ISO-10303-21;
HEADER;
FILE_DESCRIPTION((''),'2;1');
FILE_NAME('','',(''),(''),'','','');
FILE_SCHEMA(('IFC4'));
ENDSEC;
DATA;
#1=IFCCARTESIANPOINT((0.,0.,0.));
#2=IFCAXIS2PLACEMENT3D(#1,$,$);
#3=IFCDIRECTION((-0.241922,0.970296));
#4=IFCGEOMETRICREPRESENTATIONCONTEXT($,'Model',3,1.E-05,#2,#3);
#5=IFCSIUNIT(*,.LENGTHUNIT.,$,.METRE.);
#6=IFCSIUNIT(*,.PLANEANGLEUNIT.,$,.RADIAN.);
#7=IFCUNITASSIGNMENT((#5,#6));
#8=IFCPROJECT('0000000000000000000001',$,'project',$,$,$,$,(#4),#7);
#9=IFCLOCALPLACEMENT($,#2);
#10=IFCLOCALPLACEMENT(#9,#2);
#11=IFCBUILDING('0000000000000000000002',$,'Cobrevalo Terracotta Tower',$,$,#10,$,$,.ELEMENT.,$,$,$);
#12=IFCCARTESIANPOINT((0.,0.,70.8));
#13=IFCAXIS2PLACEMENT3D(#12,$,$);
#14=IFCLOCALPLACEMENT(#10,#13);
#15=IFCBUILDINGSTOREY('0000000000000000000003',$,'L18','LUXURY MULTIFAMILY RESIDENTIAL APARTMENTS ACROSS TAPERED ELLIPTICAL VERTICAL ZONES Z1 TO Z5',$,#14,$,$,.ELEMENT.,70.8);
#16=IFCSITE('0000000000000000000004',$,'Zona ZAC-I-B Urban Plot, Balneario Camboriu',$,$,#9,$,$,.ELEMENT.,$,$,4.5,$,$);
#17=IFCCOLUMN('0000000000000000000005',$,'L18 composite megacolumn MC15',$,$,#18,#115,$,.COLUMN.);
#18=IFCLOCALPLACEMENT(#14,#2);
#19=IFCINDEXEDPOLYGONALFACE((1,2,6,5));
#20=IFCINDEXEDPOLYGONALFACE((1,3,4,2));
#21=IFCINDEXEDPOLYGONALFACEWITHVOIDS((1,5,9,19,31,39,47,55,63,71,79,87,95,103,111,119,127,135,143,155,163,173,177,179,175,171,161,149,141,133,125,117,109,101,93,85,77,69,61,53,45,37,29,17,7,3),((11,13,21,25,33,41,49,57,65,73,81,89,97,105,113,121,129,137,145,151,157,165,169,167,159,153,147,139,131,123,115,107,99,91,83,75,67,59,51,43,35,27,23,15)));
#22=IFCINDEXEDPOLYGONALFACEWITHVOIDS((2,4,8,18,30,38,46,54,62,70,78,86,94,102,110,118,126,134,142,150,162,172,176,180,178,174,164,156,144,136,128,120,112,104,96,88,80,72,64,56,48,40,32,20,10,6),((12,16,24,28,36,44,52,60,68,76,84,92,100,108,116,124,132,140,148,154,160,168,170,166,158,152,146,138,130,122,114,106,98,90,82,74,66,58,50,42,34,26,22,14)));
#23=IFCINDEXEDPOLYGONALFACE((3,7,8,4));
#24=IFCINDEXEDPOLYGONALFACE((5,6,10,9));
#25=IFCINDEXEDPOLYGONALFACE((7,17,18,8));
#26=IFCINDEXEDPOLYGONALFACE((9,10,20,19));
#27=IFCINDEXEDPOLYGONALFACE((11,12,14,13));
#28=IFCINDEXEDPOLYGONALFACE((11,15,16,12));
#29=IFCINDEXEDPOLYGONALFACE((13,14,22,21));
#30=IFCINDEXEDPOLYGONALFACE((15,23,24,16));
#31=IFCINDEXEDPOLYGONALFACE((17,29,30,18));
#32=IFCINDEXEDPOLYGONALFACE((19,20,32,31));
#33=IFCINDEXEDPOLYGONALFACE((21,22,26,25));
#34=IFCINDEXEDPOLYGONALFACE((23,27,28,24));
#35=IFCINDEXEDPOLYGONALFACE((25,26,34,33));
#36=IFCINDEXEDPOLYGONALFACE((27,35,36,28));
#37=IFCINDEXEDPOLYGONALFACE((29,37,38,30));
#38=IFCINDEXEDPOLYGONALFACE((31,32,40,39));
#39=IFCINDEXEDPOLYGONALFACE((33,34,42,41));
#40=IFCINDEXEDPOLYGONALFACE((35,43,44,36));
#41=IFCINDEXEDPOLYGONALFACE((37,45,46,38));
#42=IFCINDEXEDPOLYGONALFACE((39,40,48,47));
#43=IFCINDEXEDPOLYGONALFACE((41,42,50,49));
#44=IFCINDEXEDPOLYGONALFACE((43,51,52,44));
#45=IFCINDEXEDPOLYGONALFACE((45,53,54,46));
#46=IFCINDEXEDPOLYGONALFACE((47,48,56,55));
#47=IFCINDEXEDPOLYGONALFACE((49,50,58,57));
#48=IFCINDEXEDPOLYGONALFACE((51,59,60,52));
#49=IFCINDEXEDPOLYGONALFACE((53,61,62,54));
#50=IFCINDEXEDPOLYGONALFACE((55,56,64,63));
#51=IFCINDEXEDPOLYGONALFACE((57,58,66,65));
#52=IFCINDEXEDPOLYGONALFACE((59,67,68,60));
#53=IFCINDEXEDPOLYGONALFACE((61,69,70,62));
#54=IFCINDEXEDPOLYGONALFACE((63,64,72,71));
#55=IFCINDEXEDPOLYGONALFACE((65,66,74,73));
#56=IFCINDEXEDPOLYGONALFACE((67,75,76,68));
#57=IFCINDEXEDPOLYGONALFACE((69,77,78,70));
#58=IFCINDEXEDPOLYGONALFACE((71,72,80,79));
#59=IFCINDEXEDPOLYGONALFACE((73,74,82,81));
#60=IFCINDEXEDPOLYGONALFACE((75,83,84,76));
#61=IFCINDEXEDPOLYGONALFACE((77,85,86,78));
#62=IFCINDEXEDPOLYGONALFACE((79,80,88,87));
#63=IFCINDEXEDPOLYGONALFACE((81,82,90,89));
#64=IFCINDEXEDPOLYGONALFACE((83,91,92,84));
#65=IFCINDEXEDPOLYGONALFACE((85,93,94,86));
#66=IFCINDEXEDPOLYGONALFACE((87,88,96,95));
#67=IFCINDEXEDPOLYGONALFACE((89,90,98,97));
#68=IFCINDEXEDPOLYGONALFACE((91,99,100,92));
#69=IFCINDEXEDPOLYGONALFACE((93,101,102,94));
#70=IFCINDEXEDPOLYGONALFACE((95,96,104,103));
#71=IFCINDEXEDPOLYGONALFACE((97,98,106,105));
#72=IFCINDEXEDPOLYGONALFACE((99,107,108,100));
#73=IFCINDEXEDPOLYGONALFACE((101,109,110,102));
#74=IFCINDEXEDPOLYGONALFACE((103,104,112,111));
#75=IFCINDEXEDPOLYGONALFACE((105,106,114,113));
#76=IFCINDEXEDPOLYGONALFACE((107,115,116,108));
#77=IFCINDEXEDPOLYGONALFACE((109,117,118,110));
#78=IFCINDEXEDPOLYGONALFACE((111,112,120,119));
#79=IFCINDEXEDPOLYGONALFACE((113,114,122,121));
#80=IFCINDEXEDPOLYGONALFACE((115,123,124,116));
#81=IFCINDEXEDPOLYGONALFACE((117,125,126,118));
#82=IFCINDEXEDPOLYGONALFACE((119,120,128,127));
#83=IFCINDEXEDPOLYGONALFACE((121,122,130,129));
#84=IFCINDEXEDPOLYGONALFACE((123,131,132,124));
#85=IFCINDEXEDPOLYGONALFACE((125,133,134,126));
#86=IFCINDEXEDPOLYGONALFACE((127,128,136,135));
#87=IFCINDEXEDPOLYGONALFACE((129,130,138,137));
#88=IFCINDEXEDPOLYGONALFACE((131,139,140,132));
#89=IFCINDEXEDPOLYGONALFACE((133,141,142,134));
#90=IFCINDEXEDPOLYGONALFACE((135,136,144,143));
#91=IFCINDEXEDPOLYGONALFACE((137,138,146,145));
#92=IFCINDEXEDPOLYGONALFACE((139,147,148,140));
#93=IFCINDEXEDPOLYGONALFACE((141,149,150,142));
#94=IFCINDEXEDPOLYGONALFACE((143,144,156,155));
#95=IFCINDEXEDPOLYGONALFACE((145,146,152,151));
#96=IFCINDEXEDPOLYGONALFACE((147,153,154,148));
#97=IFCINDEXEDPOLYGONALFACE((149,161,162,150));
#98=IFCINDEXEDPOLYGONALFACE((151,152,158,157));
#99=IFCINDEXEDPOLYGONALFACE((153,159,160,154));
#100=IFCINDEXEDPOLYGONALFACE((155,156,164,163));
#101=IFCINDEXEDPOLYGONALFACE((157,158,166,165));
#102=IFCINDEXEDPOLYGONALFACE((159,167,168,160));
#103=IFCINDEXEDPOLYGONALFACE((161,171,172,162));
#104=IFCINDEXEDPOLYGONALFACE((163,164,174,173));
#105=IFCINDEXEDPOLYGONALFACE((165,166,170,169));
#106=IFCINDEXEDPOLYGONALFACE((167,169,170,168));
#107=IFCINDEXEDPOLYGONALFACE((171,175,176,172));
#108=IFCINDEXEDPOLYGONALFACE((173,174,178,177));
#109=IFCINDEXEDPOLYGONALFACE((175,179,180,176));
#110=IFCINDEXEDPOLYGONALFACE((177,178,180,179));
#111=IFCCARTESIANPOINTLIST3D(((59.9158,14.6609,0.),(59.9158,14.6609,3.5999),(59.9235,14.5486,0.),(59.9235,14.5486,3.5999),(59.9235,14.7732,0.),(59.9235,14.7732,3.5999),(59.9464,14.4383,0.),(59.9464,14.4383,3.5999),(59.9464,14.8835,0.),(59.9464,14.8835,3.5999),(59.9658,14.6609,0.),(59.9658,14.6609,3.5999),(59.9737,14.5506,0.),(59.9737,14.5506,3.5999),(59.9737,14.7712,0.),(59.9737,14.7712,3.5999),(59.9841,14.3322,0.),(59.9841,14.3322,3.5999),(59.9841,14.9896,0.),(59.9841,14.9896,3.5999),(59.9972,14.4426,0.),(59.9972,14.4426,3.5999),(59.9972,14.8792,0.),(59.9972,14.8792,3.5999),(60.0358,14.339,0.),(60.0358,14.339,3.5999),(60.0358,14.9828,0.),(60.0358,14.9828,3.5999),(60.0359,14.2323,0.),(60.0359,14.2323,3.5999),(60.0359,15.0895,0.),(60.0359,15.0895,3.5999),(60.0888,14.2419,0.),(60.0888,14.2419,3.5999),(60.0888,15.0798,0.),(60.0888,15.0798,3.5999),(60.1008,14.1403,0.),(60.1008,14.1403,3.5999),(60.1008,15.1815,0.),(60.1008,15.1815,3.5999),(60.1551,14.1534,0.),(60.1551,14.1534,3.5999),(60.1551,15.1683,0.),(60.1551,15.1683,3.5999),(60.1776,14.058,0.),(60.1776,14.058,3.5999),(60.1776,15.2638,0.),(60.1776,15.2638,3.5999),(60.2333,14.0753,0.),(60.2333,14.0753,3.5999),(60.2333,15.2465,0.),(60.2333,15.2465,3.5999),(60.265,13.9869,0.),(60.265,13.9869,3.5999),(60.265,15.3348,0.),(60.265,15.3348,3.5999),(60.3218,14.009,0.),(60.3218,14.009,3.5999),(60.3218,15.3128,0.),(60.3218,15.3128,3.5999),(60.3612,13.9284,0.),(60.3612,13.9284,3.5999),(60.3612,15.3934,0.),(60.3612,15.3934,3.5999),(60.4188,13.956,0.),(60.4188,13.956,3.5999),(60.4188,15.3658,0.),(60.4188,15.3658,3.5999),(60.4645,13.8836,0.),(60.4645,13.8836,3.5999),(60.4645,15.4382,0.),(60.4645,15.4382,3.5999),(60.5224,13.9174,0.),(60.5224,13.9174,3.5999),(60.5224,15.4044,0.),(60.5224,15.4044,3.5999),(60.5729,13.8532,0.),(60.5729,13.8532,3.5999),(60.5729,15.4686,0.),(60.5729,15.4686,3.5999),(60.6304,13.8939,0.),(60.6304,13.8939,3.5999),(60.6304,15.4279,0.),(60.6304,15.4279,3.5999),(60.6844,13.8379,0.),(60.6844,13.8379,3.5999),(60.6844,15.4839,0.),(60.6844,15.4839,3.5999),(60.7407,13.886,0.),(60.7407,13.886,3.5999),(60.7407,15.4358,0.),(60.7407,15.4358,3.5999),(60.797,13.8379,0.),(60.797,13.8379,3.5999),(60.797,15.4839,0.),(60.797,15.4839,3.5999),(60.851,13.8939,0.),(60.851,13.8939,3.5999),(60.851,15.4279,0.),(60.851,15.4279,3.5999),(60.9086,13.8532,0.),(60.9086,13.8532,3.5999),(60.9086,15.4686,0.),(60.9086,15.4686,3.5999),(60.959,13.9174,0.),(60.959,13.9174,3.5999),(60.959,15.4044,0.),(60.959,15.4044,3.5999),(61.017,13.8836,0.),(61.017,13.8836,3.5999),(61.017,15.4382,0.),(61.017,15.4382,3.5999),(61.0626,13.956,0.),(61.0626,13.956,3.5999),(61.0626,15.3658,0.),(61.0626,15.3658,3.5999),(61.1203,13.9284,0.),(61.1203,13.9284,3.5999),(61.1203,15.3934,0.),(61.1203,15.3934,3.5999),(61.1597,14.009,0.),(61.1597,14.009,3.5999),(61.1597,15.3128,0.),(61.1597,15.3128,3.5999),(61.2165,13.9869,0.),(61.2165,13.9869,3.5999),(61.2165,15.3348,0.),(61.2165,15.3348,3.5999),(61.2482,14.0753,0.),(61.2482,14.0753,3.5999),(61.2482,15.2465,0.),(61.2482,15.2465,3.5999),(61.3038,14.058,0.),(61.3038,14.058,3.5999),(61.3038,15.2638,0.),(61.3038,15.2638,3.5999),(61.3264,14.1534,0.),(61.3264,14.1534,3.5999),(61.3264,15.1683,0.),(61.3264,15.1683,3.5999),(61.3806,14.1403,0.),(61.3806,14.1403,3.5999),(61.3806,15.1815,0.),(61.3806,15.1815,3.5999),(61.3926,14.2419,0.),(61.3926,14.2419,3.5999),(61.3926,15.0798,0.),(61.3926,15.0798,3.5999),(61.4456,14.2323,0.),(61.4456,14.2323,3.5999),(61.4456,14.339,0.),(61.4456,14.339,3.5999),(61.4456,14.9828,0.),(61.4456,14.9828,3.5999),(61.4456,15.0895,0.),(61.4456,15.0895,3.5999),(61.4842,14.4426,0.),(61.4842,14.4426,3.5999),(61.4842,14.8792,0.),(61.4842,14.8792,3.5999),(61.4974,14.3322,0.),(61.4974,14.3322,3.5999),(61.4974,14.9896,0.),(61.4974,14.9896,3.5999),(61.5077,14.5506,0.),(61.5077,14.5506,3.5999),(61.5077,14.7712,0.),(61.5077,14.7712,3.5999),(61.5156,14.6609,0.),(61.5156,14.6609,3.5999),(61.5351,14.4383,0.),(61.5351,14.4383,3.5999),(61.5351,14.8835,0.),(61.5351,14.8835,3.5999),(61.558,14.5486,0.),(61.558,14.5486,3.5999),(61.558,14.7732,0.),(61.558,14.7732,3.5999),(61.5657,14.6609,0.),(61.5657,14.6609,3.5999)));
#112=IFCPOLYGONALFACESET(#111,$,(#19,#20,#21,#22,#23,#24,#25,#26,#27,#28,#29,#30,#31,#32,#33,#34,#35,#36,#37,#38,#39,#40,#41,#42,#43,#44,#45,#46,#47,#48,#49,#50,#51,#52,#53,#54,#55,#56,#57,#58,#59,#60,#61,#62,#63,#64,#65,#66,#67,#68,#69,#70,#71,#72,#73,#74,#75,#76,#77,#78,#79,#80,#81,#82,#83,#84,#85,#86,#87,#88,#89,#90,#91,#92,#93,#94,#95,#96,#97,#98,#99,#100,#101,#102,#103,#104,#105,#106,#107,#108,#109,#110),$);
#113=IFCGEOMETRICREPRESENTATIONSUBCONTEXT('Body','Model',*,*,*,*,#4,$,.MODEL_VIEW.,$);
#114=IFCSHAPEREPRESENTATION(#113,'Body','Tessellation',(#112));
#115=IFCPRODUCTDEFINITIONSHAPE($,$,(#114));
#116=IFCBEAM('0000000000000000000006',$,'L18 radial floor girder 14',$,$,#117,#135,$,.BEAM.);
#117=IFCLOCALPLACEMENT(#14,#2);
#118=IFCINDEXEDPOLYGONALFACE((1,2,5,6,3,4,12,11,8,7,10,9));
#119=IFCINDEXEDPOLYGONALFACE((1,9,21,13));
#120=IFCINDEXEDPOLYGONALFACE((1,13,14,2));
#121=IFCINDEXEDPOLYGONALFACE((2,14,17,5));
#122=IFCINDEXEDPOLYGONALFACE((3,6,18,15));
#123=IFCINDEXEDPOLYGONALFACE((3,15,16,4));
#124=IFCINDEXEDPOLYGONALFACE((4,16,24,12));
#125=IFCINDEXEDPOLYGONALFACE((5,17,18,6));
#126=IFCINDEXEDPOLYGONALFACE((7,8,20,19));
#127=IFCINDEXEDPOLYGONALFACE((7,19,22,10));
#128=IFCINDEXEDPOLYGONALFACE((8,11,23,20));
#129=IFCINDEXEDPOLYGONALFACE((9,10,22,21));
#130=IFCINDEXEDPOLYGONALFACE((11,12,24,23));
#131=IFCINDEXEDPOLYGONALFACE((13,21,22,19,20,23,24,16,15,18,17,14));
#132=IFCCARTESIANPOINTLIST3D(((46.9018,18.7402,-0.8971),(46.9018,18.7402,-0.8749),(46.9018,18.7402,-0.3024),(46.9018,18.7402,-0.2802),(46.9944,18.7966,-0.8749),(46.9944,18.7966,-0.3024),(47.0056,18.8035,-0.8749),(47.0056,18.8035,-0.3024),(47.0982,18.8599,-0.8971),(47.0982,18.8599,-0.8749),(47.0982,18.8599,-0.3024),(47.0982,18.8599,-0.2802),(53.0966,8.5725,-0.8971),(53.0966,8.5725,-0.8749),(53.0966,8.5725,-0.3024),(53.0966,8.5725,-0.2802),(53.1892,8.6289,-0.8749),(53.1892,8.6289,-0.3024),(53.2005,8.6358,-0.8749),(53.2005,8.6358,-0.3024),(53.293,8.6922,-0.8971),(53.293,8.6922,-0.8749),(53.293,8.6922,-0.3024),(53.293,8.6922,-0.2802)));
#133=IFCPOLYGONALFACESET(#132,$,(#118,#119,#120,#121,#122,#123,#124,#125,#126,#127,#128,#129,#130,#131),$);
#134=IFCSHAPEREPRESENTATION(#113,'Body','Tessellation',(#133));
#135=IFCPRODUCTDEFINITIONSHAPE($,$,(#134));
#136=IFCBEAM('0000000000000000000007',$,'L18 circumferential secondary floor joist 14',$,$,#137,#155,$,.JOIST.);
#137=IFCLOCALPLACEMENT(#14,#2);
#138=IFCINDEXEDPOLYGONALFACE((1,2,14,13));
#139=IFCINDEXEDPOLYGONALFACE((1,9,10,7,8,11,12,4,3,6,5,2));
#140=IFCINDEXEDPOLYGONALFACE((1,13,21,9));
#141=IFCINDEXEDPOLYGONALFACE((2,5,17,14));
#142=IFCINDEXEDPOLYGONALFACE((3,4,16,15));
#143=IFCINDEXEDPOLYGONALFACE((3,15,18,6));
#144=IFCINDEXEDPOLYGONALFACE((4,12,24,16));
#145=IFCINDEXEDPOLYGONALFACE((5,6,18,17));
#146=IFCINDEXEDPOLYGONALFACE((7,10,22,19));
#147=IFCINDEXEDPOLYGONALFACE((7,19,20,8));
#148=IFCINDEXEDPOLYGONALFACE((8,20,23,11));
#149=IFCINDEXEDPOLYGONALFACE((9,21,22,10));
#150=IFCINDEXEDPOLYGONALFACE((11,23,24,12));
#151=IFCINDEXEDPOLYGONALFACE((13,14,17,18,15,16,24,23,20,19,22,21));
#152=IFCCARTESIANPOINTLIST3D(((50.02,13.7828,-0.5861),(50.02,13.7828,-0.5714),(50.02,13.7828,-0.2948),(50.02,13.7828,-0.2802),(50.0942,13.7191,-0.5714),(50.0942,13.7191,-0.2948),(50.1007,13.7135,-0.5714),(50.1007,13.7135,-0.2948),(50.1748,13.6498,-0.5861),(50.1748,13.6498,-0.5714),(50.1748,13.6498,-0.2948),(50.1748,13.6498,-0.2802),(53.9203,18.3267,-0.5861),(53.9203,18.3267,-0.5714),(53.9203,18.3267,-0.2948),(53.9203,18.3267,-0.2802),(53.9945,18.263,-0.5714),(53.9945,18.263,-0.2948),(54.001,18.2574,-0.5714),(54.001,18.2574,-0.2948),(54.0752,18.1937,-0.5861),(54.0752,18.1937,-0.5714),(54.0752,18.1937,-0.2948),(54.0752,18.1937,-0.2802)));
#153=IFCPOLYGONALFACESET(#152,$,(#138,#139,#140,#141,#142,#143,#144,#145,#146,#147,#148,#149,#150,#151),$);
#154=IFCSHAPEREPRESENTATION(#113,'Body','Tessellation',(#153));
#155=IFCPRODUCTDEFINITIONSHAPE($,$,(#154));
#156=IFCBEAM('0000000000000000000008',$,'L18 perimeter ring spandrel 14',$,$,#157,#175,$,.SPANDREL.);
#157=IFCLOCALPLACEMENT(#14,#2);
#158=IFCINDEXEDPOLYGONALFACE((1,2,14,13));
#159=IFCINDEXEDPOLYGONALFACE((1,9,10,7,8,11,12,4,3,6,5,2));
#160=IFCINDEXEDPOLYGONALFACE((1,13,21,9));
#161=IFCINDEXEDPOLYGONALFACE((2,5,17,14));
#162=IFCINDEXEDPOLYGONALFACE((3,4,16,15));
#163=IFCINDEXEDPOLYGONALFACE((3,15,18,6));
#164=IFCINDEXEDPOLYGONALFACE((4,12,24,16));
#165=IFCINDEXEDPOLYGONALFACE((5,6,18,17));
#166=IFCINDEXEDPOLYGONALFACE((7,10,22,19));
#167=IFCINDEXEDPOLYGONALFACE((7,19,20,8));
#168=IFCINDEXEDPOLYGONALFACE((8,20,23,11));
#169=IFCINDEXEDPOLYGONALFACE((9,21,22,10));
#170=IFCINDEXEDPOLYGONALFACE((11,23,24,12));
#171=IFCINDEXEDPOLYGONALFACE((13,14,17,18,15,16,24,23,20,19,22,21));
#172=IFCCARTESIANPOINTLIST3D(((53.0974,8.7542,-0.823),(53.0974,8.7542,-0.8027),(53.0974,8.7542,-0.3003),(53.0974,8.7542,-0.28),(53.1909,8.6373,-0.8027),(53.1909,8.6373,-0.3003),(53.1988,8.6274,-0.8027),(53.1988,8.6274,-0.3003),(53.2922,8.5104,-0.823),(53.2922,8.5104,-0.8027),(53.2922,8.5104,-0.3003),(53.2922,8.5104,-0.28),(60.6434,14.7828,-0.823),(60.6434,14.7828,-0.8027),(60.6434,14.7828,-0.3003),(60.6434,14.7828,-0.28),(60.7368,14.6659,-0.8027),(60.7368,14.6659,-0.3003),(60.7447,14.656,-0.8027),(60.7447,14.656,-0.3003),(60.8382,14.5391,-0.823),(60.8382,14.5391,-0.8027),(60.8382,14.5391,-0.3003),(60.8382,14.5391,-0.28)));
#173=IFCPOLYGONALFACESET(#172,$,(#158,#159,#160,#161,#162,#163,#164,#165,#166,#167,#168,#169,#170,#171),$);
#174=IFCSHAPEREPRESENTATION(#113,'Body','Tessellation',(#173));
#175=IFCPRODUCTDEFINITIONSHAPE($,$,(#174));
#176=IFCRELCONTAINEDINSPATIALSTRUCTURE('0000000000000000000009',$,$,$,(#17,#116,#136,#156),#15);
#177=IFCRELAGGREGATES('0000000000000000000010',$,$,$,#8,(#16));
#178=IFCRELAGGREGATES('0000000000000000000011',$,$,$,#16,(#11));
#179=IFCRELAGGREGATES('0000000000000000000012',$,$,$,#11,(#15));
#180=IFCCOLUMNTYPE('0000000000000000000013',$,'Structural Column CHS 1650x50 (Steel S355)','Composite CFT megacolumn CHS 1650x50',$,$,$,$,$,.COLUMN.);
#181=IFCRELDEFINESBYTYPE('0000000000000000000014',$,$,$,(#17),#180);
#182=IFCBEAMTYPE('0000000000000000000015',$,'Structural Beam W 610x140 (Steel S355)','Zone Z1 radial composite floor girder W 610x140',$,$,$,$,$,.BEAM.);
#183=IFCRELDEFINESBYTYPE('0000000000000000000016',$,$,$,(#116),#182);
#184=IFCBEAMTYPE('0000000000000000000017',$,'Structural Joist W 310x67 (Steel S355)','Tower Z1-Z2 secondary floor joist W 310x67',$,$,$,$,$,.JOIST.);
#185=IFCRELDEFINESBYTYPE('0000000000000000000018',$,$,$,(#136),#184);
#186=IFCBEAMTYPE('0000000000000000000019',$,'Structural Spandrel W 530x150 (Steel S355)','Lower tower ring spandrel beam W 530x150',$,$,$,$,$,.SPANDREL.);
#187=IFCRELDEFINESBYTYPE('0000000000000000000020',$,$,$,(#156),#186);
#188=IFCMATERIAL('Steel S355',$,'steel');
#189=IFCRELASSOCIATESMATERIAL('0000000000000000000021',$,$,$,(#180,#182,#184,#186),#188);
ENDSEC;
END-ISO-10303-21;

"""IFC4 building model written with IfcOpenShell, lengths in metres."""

from ifc_helpers import new_model, si_unit, direction, frame, origin, origin_2d, place, context, subcontext, project, spatial, hollow_circle, i_section, extrude, material, material_profile, profile_set, type_object, element, save


model = new_model("IFC4")

# Units and contexts
model_context = context("Model", 3, precision=1e-05, world=origin(), true_north=direction((-0.241922, 0.970296)))
body_context = subcontext(model_context, "Body", "Model", "MODEL_VIEW")
ifc_project = project(units=[si_unit("LENGTHUNIT", "METRE"), si_unit("PLANEANGLEUNIT", "RADIAN")], contexts=[model_context])

# Site, building, storey
site_placement = place(None, origin())
site = spatial("IfcSite", under=ifc_project, at=site_placement, Name="Zona ZAC-I-B Urban Plot, Balneario Camboriu", CompositionType="ELEMENT", RefElevation=4.5)
building_placement = place(site_placement, origin())
building = spatial("IfcBuilding", under=site, at=building_placement, Name="Cobrevalo Terracotta Tower", CompositionType="ELEMENT")
storey_placement = place(building_placement, frame((0.0, 0.0, 70.8)))
storey = spatial("IfcBuildingStorey", under=building, at=storey_placement, Name="L18", Description="LUXURY MULTIFAMILY RESIDENTIAL APARTMENTS ACROSS TAPERED ELLIPTICAL VERTICAL ZONES Z1 TO Z5", CompositionType="ELEMENT", Elevation=70.8)

# Column
ifc_material_1 = material(Name="Steel S355", Category="steel")
ifc_material_profile_1 = material_profile(ifc_material_1, hollow_circle(Radius=0.825, WallThickness=0.05, at=origin_2d()), Name="CHS 1650x50")
ifc_profile_set_1 = profile_set([ifc_material_profile_1], Name="Steel S355")
column_type = type_object("IfcColumnType", Name="Structural Column CHS 1650x50 (Steel S355)", Description="Composite CFT megacolumn CHS 1650x50", PredefinedType="COLUMN", material=ifc_profile_set_1)
for number, where, z_axis, x_axis, name in (
    (1, (60.7407, 14.6609, 0.0), (0.0, 0.0, 1.0), (1.0, 0.0, 0.0), "L18 composite megacolumn MC15"),
):
    element("IfcColumn", number, at=place(storey_placement, frame(where, z_axis=z_axis, x_axis=x_axis)), inside=storey, type_object=column_type, Name=name, PredefinedType="COLUMN", context=body_context, shape_type="SweptSolid", body=[
        extrude(hollow_circle(Radius=0.825, WallThickness=0.05, at=origin_2d()), origin(), (0.0, 0.0, 1.0), 3.5999),
    ])

# Beams
ifc_material_profile_2 = material_profile(ifc_material_1, i_section(OverallWidth=0.23, OverallDepth=0.6169, WebThickness=0.0132, FlangeThickness=0.0222, at=origin_2d()), Name="W 610x140")
ifc_profile_set_2 = profile_set([ifc_material_profile_2], Name="Steel S355")
beam_type_1 = type_object("IfcBeamType", Name="Structural Beam W 610x140 (Steel S355)", Description="Zone Z1 radial composite floor girder W 610x140", PredefinedType="BEAM", material=ifc_profile_set_2)
beam_1_placement = place(storey_placement, frame((53.1948, 8.6323, -0.5886), z_axis=(-0.520301, 0.853983, 0.0), x_axis=(-0.853983, -0.520301, 0.0)))
element("IfcBeam", 2, at=beam_1_placement, inside=storey, type_object=beam_type_1, Name="L18 radial floor girder 14", PredefinedType="BEAM", context=body_context, shape_type="SweptSolid", body=[
    extrude(i_section(OverallWidth=0.23, OverallDepth=0.6169, WebThickness=0.0132, FlangeThickness=0.0222, at=origin_2d()), origin(), (0.0, 0.0, 1.0), 11.9062),
])
ifc_material_profile_3 = material_profile(ifc_material_1, i_section(OverallWidth=0.2041, OverallDepth=0.3059, WebThickness=0.0085, FlangeThickness=0.0146, at=origin_2d()), Name="W 310x67")
ifc_profile_set_3 = profile_set([ifc_material_profile_3], Name="Steel S355")
beam_type_2 = type_object("IfcBeamType", Name="Structural Joist W 310x67 (Steel S355)", Description="Tower Z1-Z2 secondary floor joist W 310x67", PredefinedType="JOIST", material=ifc_profile_set_3)
beam_2_placement = place(storey_placement, frame((50.0974, 13.7163, -0.4331), z_axis=(0.651328, 0.758796, 0.0), x_axis=(-0.758796, 0.651328, 0.0)))
element("IfcBeam", 3, at=beam_2_placement, inside=storey, type_object=beam_type_2, Name="L18 circumferential secondary floor joist 14", PredefinedType="JOIST", context=body_context, shape_type="SweptSolid", body=[
    extrude(i_section(OverallWidth=0.2041, OverallDepth=0.3059, WebThickness=0.0085, FlangeThickness=0.0146, at=origin_2d()), origin(), (0.0, 0.0, 1.0), 5.9883),
])
ifc_material_profile_4 = material_profile(ifc_material_1, i_section(OverallWidth=0.312, OverallDepth=0.543, WebThickness=0.0127, FlangeThickness=0.0203, at=origin_2d()), Name="W 530x150")
ifc_profile_set_4 = profile_set([ifc_material_profile_4], Name="Steel S355")
beam_type_3 = type_object("IfcBeamType", Name="Structural Spandrel W 530x150 (Steel S355)", Description="Lower tower ring spandrel beam W 530x150", PredefinedType="SPANDREL", material=ifc_profile_set_4)
beam_3_placement = place(storey_placement, frame((53.1948, 8.6323, -0.5515), z_axis=(0.78128, 0.62418, 0.0), x_axis=(-0.62418, 0.78128, 0.0)))
element("IfcBeam", 4, at=beam_3_placement, inside=storey, type_object=beam_type_3, Name="L18 perimeter ring spandrel 14", PredefinedType="SPANDREL", context=body_context, shape_type="SweptSolid", body=[
    extrude(i_section(OverallWidth=0.312, OverallDepth=0.543, WebThickness=0.0127, FlangeThickness=0.0203, at=origin_2d()), origin(), (0.0, 0.0, 1.0), 9.6584),
])

save(model, "model.ifc")
